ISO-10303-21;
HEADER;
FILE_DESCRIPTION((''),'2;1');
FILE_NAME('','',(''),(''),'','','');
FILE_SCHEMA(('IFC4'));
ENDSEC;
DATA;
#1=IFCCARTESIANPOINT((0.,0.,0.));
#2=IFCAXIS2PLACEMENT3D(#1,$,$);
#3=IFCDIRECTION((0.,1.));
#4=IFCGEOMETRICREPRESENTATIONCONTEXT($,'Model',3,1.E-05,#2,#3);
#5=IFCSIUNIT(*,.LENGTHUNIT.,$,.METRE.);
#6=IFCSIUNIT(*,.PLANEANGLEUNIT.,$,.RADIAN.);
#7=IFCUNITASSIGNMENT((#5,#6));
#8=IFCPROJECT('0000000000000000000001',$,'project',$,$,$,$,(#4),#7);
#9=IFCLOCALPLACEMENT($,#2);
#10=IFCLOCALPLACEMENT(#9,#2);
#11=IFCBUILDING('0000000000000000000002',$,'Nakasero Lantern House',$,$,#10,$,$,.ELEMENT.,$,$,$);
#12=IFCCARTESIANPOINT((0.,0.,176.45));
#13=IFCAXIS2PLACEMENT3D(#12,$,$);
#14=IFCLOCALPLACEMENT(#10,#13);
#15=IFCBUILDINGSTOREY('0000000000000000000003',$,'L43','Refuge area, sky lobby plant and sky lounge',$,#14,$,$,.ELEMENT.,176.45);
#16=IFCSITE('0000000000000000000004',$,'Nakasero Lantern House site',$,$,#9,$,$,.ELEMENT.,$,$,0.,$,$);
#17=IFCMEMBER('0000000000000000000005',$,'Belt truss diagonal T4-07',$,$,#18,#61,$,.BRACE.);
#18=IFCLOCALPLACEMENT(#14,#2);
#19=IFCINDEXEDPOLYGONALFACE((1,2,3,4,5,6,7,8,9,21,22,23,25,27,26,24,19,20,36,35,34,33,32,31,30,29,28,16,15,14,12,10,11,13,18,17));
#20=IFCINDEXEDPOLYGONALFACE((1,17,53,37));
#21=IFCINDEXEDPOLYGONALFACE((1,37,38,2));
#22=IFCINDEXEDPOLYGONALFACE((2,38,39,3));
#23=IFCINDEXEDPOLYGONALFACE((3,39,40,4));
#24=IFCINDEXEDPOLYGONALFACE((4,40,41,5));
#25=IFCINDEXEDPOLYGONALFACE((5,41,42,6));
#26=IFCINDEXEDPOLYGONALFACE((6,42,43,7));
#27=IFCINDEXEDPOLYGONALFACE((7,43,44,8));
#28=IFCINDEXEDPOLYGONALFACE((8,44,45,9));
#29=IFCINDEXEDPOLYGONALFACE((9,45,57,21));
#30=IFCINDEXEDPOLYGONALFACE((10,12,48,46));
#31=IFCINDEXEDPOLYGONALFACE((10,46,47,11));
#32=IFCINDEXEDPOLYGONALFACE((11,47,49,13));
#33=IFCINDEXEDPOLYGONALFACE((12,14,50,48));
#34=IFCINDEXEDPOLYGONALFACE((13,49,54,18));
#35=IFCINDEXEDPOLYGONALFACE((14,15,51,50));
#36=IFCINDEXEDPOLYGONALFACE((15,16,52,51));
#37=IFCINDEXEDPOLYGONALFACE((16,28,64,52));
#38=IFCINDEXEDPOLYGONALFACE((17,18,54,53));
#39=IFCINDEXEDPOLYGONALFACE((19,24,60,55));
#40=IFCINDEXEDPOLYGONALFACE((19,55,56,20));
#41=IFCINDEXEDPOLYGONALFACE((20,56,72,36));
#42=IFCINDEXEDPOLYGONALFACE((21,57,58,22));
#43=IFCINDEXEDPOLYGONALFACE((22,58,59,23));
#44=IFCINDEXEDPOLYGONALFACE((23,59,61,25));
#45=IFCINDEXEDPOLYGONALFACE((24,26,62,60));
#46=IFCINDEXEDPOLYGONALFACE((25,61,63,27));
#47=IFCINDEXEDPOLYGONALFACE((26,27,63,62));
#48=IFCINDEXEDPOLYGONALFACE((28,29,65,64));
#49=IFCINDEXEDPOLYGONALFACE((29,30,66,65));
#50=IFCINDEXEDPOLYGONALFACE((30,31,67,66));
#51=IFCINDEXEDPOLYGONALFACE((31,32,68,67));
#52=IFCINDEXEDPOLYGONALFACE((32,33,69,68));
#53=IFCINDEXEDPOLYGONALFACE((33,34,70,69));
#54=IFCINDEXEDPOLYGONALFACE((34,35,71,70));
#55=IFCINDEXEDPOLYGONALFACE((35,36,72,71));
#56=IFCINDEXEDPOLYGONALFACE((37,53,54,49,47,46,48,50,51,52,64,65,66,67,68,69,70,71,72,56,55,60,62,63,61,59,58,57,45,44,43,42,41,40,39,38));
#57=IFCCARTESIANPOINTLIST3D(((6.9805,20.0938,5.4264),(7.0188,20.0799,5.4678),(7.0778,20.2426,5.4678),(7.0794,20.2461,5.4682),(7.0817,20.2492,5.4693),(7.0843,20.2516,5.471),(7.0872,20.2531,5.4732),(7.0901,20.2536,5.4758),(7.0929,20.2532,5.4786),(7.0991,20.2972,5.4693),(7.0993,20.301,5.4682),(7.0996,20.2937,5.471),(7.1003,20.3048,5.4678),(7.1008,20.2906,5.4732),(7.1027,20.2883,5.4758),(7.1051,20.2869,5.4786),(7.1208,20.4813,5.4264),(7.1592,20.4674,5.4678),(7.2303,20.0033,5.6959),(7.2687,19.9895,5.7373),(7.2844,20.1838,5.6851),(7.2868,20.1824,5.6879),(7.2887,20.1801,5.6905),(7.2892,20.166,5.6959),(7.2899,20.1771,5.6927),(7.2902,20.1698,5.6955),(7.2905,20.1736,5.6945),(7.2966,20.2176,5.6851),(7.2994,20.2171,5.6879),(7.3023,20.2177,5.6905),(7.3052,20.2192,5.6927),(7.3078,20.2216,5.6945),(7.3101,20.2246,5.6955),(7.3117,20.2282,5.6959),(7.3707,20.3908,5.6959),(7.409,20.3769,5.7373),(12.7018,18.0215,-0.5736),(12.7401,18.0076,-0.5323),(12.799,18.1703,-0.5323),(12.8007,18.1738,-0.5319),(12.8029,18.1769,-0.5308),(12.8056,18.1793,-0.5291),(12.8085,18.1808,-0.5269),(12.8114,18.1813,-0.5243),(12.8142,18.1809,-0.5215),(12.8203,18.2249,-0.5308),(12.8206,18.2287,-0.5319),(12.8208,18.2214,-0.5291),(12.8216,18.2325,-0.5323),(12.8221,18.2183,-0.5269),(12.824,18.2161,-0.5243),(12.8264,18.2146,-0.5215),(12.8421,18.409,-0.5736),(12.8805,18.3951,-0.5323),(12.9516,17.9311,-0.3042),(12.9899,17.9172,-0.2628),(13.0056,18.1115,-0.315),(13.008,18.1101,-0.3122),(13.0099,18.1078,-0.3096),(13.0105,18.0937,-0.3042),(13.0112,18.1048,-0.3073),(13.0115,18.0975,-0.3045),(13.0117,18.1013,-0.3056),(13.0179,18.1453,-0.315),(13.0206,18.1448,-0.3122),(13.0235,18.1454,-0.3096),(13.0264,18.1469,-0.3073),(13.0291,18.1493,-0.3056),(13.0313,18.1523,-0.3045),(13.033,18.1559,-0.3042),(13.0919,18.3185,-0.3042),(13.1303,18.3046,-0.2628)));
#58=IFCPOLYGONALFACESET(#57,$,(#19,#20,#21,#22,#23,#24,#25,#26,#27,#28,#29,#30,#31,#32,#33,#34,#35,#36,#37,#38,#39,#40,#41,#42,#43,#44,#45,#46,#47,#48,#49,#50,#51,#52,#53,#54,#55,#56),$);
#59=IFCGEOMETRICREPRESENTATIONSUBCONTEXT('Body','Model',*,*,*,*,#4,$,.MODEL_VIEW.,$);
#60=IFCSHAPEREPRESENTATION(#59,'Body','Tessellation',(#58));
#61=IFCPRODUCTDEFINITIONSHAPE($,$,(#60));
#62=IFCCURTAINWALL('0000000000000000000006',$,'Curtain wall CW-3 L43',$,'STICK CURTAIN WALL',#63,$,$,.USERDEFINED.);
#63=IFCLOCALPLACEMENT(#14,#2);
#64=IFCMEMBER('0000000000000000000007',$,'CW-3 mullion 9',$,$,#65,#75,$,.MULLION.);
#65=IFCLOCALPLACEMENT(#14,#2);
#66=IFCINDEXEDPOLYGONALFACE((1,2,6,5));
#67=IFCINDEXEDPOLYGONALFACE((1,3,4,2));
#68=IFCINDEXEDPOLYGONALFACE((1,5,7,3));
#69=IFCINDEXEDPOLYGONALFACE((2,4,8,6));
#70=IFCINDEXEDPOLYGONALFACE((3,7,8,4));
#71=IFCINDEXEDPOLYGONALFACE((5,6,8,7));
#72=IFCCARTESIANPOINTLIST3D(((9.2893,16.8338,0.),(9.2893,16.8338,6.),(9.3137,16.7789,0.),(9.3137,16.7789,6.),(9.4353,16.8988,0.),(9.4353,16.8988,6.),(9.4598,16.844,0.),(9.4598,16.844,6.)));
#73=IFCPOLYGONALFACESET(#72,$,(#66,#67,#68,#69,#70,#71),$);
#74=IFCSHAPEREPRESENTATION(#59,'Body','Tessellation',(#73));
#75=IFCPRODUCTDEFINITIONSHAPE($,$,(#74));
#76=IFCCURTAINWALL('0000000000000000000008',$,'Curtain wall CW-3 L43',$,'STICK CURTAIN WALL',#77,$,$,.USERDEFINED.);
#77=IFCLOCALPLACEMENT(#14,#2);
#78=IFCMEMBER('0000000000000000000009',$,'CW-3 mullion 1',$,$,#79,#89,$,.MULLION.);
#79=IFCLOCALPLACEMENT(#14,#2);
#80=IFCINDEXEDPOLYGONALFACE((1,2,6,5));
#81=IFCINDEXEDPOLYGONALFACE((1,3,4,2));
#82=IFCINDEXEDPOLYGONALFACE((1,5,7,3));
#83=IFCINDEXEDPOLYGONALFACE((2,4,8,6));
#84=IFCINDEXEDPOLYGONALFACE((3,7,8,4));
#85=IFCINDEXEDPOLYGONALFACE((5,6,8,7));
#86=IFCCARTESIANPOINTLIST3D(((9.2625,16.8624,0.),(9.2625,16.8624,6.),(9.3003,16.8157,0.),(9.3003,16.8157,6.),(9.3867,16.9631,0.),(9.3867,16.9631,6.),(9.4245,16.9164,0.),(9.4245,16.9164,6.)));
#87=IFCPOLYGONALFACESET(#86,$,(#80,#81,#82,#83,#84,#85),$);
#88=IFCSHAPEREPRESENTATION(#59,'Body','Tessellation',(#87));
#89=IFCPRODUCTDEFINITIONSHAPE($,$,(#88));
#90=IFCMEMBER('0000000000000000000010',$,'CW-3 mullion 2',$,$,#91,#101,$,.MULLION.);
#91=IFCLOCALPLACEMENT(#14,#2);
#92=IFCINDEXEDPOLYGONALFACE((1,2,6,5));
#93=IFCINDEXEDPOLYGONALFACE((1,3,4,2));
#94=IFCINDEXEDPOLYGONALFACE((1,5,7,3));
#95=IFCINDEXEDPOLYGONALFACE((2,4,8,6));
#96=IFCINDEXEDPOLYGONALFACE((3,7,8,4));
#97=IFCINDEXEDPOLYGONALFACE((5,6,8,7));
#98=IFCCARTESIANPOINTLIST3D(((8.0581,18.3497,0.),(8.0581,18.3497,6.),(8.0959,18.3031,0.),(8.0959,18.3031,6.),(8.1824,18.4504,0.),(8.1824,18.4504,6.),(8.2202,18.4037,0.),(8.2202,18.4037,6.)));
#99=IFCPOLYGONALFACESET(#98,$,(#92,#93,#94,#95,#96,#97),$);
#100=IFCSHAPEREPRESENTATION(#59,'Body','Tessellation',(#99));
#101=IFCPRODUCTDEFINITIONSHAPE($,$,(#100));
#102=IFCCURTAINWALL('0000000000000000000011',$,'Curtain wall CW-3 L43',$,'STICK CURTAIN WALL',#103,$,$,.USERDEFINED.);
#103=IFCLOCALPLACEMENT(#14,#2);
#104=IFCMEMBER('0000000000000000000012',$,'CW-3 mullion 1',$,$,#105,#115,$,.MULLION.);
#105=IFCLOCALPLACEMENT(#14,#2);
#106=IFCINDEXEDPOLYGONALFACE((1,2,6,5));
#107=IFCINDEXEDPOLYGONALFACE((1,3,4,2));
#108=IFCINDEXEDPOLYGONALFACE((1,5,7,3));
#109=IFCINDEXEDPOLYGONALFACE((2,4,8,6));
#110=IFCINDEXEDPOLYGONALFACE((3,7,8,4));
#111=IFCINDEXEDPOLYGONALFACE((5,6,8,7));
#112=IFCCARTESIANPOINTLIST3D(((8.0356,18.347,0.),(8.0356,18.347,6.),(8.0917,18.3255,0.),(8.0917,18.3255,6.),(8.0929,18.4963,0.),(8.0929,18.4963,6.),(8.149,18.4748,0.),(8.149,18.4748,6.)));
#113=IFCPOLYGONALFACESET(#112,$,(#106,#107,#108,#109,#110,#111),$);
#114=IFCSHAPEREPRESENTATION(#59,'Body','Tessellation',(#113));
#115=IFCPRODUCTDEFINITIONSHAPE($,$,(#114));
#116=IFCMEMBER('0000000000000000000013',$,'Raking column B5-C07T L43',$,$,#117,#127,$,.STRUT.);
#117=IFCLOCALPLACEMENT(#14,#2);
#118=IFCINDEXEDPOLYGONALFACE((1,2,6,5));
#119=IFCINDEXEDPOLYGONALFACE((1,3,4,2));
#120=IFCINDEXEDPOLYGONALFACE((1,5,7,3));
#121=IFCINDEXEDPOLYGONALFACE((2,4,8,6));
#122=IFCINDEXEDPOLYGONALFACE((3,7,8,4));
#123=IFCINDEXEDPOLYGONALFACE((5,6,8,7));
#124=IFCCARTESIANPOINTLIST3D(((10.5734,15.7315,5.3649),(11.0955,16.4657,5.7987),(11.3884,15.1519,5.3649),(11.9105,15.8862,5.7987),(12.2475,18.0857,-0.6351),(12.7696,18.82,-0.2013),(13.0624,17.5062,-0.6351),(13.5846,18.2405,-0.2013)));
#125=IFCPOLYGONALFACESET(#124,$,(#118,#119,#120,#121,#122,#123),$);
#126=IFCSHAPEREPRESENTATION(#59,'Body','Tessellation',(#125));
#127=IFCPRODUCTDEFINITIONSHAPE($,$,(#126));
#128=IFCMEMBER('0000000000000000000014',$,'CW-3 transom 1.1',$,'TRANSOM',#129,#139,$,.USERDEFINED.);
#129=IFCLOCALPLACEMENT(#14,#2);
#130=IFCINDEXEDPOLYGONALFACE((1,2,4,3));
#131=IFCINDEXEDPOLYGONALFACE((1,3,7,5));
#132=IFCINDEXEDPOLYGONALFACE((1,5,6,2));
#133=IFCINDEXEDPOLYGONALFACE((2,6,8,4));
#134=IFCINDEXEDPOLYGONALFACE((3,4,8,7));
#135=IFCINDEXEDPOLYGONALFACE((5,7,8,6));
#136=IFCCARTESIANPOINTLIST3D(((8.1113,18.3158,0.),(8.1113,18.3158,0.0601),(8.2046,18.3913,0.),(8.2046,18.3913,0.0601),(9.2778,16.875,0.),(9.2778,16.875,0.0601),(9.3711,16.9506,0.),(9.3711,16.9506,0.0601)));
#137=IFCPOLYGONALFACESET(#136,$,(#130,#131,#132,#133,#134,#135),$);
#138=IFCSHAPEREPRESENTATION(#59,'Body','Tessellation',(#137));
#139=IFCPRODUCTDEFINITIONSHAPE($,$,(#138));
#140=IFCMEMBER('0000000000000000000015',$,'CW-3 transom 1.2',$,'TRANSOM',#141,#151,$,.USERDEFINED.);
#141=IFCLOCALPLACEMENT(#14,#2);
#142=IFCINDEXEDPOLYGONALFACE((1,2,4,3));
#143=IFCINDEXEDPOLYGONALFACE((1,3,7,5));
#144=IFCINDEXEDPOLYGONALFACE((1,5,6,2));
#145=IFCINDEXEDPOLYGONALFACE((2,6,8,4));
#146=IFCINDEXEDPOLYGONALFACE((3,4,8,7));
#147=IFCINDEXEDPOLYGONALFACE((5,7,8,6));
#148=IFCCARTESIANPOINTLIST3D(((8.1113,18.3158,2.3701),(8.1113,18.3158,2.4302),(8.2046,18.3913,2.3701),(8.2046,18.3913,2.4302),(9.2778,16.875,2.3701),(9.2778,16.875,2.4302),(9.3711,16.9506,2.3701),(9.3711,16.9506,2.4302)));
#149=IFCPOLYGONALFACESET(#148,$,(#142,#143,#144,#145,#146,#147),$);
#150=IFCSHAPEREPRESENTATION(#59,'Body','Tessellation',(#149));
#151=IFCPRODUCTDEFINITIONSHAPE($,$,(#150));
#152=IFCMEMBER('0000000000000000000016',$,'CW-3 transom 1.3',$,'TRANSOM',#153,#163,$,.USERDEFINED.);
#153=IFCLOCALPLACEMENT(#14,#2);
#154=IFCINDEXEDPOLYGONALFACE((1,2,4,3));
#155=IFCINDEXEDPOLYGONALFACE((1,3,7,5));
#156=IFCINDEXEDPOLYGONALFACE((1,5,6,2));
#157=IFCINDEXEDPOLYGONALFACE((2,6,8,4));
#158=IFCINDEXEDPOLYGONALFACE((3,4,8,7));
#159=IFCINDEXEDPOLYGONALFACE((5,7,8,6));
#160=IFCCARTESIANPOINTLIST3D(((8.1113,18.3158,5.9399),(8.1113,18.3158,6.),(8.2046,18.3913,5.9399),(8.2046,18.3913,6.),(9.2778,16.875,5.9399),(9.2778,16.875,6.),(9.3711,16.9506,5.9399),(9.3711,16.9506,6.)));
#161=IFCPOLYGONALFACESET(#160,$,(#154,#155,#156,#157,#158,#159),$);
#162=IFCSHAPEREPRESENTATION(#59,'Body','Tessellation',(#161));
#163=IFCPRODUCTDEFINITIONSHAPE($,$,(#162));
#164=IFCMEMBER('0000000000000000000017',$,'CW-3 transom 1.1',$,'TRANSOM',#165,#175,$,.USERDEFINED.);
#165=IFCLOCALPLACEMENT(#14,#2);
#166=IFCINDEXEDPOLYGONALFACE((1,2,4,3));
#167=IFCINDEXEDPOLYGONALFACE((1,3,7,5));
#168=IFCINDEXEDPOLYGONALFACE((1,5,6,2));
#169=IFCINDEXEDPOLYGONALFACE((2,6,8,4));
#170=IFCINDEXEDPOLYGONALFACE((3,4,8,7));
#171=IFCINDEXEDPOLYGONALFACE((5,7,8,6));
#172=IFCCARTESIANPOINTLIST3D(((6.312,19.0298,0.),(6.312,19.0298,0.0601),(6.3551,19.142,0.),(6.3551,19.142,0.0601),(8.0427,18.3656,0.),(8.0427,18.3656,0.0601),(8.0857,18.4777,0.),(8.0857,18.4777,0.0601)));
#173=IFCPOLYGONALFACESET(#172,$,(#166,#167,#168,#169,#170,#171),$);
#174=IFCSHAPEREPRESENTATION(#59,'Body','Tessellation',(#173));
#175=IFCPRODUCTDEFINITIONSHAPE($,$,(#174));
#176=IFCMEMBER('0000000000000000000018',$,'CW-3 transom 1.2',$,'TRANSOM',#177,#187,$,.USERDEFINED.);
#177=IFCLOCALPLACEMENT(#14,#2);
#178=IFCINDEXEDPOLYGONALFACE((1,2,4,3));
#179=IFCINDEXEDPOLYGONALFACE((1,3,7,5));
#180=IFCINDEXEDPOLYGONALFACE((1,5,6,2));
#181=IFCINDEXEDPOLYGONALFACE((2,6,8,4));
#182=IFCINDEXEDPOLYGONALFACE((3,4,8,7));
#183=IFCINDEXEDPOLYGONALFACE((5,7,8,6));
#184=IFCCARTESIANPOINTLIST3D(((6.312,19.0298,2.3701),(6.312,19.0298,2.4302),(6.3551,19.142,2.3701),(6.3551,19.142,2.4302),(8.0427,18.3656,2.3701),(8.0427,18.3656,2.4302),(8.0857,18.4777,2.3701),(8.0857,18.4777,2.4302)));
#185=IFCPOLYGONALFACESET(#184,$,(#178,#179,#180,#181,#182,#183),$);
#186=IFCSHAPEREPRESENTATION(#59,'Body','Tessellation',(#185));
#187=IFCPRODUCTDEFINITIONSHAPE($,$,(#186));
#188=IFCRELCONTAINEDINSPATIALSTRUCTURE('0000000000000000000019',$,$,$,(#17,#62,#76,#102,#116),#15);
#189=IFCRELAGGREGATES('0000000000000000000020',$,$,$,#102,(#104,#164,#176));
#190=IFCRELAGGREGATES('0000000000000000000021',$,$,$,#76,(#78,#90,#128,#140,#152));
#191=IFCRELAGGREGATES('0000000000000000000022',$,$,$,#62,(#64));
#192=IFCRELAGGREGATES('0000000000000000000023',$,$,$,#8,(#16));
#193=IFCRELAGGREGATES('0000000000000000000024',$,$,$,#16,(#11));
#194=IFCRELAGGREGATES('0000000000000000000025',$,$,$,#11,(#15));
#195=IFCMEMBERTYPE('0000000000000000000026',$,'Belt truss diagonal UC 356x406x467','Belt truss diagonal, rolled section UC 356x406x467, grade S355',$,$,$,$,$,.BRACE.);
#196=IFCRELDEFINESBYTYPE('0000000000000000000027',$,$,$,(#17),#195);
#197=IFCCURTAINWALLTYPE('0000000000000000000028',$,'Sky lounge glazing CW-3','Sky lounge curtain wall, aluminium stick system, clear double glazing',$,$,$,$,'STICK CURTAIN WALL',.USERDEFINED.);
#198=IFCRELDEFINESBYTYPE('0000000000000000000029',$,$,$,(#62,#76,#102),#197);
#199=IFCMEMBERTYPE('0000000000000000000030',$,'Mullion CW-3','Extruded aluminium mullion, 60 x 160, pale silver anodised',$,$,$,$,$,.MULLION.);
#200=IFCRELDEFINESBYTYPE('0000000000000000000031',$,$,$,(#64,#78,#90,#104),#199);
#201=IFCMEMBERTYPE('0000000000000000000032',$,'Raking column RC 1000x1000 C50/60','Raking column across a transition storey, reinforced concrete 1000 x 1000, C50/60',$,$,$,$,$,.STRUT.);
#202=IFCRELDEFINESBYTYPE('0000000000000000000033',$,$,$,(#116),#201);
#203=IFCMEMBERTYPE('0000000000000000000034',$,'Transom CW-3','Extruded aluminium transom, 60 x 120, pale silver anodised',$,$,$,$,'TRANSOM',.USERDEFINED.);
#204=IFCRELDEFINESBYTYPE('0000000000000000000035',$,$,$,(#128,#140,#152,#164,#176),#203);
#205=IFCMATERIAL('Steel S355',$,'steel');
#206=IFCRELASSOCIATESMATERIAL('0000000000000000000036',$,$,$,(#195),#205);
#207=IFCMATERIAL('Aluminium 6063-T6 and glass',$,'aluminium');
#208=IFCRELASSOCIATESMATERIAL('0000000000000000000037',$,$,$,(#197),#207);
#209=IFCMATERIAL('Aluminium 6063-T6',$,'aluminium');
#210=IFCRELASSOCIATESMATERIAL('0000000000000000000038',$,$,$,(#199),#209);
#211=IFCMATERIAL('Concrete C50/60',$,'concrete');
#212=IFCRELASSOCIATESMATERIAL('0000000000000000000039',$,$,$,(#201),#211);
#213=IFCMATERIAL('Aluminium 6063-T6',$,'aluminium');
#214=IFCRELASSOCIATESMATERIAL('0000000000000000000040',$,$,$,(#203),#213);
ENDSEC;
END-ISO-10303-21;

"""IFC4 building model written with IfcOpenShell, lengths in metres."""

from ifc_helpers import new_model, si_unit, direction, frame, origin, origin_2d, place, context, subcontext, project, spatial, rectangle, i_section, extrude, material, material_profile, profile_set, type_object, element, aggregate, save


model = new_model("IFC4")

# Units and contexts
model_context = context("Model", 3, precision=1e-05, world=origin(), true_north=direction((0.0, 1.0)))
body_context = subcontext(model_context, "Body", "Model", "MODEL_VIEW")
ifc_project = project(units=[si_unit("LENGTHUNIT", "METRE"), si_unit("PLANEANGLEUNIT", "RADIAN")], contexts=[model_context])

# Site, building, storey
site_placement = place(None, origin())
site = spatial("IfcSite", under=ifc_project, at=site_placement, Name="Nakasero Lantern House site", CompositionType="ELEMENT", RefElevation=0.0)
building_placement = place(site_placement, origin())
building = spatial("IfcBuilding", under=site, at=building_placement, Name="Nakasero Lantern House", CompositionType="ELEMENT")
storey_placement = place(building_placement, frame((0.0, 0.0, 176.45)))
storey = spatial("IfcBuildingStorey", under=building, at=storey_placement, Name="L43", Description="Refuge area, sky lobby plant and sky lounge", CompositionType="ELEMENT", Elevation=176.45)

# Member
ifc_material_1 = material(Name="Steel S355", Category="steel")
ifc_material_profile_1 = material_profile(ifc_material_1, i_section(OverallWidth=0.4121, OverallDepth=0.4365, WebThickness=0.0359, FlangeThickness=0.0581, FilletRadius=0.0151, at=origin_2d()), Name="UC 356x406x467")
ifc_profile_set_1 = profile_set([ifc_material_profile_1], Name="Steel S355")
member_type_1 = type_object("IfcMemberType", Name="Belt truss diagonal UC 356x406x467", Description="Belt truss diagonal, rolled section UC 356x406x467, grade S355", PredefinedType="BRACE", material=ifc_profile_set_1)
member_1_placement = place(storey_placement, frame((12.916, 18.1631, -0.4182), z_axis=(-0.669494, 0.242497, 0.70212), x_axis=(-0.340557, -0.940224, 0.0)))
element("IfcMember", 1, at=member_1_placement, inside=storey, type_object=member_type_1, Name="Belt truss diagonal T4-07", PredefinedType="BRACE", context=body_context, shape_type="SweptSolid", body=[
    extrude(i_section(OverallWidth=0.4121, OverallDepth=0.4365, WebThickness=0.0359, FlangeThickness=0.0581, FilletRadius=0.0151, at=origin_2d()), origin(), (0.0, 0.0, 1.0), 8.5457),
])

# Curtain wall, member
ifc_material_2 = material(Name="Aluminium 6063-T6 and glass", Category="aluminium")
curtain_wall_type = type_object("IfcCurtainWallType", Name="Sky lounge glazing CW-3", Description="Sky lounge curtain wall, aluminium stick system, clear double glazing", ElementType="STICK CURTAIN WALL", PredefinedType="USERDEFINED", material=ifc_material_2)
curtain_wall_1_placement = place(storey_placement, origin())
curtain_wall_1 = element("IfcCurtainWall", 2, at=curtain_wall_1_placement, inside=storey, type_object=curtain_wall_type, Name="Curtain wall CW-3 L43", ObjectType="STICK CURTAIN WALL", PredefinedType="USERDEFINED")
ifc_material_3 = material(Name="Aluminium 6063-T6", Category="aluminium")
ifc_material_profile_2 = material_profile(ifc_material_3, rectangle(XDim=0.0601, YDim=0.1599, at=origin_2d()), Name="CW-3 mullion 60x160")
ifc_profile_set_2 = profile_set([ifc_material_profile_2], Name="Aluminium 6063-T6")
member_type_2 = type_object("IfcMemberType", Name="Mullion CW-3", Description="Extruded aluminium mullion, 60 x 160, pale silver anodised", PredefinedType="MULLION", material=ifc_profile_set_2)
member_2_placement = place(storey_placement, frame((9.3745, 16.8389, 0.0), z_axis=(0.0, 0.0, 1.0), x_axis=(-0.406737, 0.913545, 0.0)))
member_2 = element("IfcMember", 3, at=member_2_placement, type_object=member_type_2, Name="CW-3 mullion 9", PredefinedType="MULLION", context=body_context, shape_type="SweptSolid", body=[
    extrude(rectangle(XDim=0.0601, YDim=0.1599, at=origin_2d()), origin(), (0.0, 0.0, 1.0), 6.0),
])

# Curtain wall, members
curtain_wall_2_placement = place(storey_placement, origin())
curtain_wall_2 = element("IfcCurtainWall", 4, at=curtain_wall_2_placement, inside=storey, type_object=curtain_wall_type, Name="Curtain wall CW-3 L43", ObjectType="STICK CURTAIN WALL", PredefinedType="USERDEFINED")
member_3_placement = place(storey_placement, frame((9.3435, 16.8894, 0.0), z_axis=(0.0, 0.0, 1.0), x_axis=(-0.62932, 0.777146, 0.0)))
member_3 = element("IfcMember", 5, at=member_3_placement, type_object=member_type_2, Name="CW-3 mullion 1", PredefinedType="MULLION", context=body_context, shape_type="SweptSolid", body=[
    extrude(rectangle(XDim=0.0601, YDim=0.1599, at=origin_2d()), origin(), (0.0, 0.0, 1.0), 6.0),
])
member_4_placement = place(storey_placement, frame((8.1392, 18.3767, 0.0), z_axis=(0.0, 0.0, 1.0), x_axis=(-0.62932, 0.777146, 0.0)))
member_4 = element("IfcMember", 6, at=member_4_placement, type_object=member_type_2, Name="CW-3 mullion 2", PredefinedType="MULLION", context=body_context, shape_type="SweptSolid", body=[
    extrude(rectangle(XDim=0.0601, YDim=0.1599, at=origin_2d()), origin(), (0.0, 0.0, 1.0), 6.0),
])

# Curtain wall, member
curtain_wall_3_placement = place(storey_placement, origin())
curtain_wall_3 = element("IfcCurtainWall", 7, at=curtain_wall_3_placement, inside=storey, type_object=curtain_wall_type, Name="Curtain wall CW-3 L43", ObjectType="STICK CURTAIN WALL", PredefinedType="USERDEFINED")
member_5_placement = place(storey_placement, frame((8.0923, 18.4109, 0.0), z_axis=(0.0, 0.0, 1.0), x_axis=(-0.93358, 0.358368, 0.0)))
member_5 = element("IfcMember", 8, at=member_5_placement, type_object=member_type_2, Name="CW-3 mullion 1", PredefinedType="MULLION", context=body_context, shape_type="SweptSolid", body=[
    extrude(rectangle(XDim=0.0601, YDim=0.1599, at=origin_2d()), origin(), (0.0, 0.0, 1.0), 6.0),
])

# Members
ifc_material_4 = material(Name="Concrete C50/60", Category="concrete")
ifc_material_profile_3 = material_profile(ifc_material_4, rectangle(XDim=1.0, YDim=1.0, at=origin_2d()), Name="RC 1000x1000")
ifc_profile_set_3 = profile_set([ifc_material_profile_3], Name="Concrete C50/60")
member_type_3 = type_object("IfcMemberType", Name="Raking column RC 1000x1000 C50/60", Description="Raking column across a transition storey, reinforced concrete 1000 x 1000, C50/60", PredefinedType="STRUT", material=ifc_profile_set_3)
member_6_placement = place(storey_placement, frame((12.916, 18.1631, -0.4182), z_axis=(-0.251392, -0.353533, 0.901009), x_axis=(0.814965, -0.57951, 0.0)))
element("IfcMember", 9, at=member_6_placement, inside=storey, type_object=member_type_3, Name="Raking column B5-C07T L43", PredefinedType="STRUT", context=body_context, shape_type="SweptSolid", body=[
    extrude(rectangle(XDim=1.0, YDim=1.0, at=origin_2d()), origin(), (0.0, 0.0, 1.0), 6.6592),
])
ifc_material_5 = material(Name="Aluminium 6063-T6", Category="aluminium")
ifc_material_profile_4 = material_profile(ifc_material_5, rectangle(XDim=0.0601, YDim=0.1201, at=origin_2d()), Name="CW-3 transom 60x120")
ifc_profile_set_4 = profile_set([ifc_material_profile_4], Name="Aluminium 6063-T6")
member_type_4 = type_object("IfcMemberType", Name="Transom CW-3", Description="Extruded aluminium transom, 60 x 120, pale silver anodised", ElementType="TRANSOM", PredefinedType="USERDEFINED", material=ifc_profile_set_4)
member_7_placement = place(storey_placement, frame((9.3245, 16.9128, 0.03), z_axis=(-0.629278, 0.77718, 0.0), x_axis=(0.0, 0.0, 1.0)))
member_7 = element("IfcMember", 10, at=member_7_placement, type_object=member_type_4, Name="CW-3 transom 1.1", ObjectType="TRANSOM", PredefinedType="USERDEFINED", context=body_context, shape_type="SweptSolid", body=[
    extrude(rectangle(XDim=0.0601, YDim=0.1201, at=origin_2d()), origin(), (0.0, 0.0, 1.0), 1.8538),
])
member_8_placement = place(storey_placement, frame((9.3245, 16.9128, 2.4001), z_axis=(-0.629278, 0.77718, 0.0), x_axis=(0.0, 0.0, 1.0)))
member_8 = element("IfcMember", 11, at=member_8_placement, type_object=member_type_4, Name="CW-3 transom 1.2", ObjectType="TRANSOM", PredefinedType="USERDEFINED", context=body_context, shape_type="SweptSolid", body=[
    extrude(rectangle(XDim=0.0601, YDim=0.1201, at=origin_2d()), origin(), (0.0, 0.0, 1.0), 1.8538),
])
member_9_placement = place(storey_placement, frame((9.3245, 16.9128, 5.97), z_axis=(-0.629278, 0.77718, 0.0), x_axis=(0.0, 0.0, 1.0)))
member_9 = element("IfcMember", 12, at=member_9_placement, type_object=member_type_4, Name="CW-3 transom 1.3", ObjectType="TRANSOM", PredefinedType="USERDEFINED", context=body_context, shape_type="SweptSolid", body=[
    extrude(rectangle(XDim=0.0601, YDim=0.1201, at=origin_2d()), origin(), (0.0, 0.0, 1.0), 1.8538),
])
member_10_placement = place(storey_placement, frame((8.0642, 18.4216, 0.03), z_axis=(-0.93359, 0.358344, 0.0), x_axis=(0.0, 0.0, 1.0)))
member_10 = element("IfcMember", 13, at=member_10_placement, type_object=member_type_4, Name="CW-3 transom 1.1", ObjectType="TRANSOM", PredefinedType="USERDEFINED", context=body_context, shape_type="SweptSolid", body=[
    extrude(rectangle(XDim=0.0601, YDim=0.1201, at=origin_2d()), origin(), (0.0, 0.0, 1.0), 1.8538),
])
member_11_placement = place(storey_placement, frame((8.0642, 18.4216, 2.4001), z_axis=(-0.93359, 0.358344, 0.0), x_axis=(0.0, 0.0, 1.0)))
member_11 = element("IfcMember", 14, at=member_11_placement, type_object=member_type_4, Name="CW-3 transom 1.2", ObjectType="TRANSOM", PredefinedType="USERDEFINED", context=body_context, shape_type="SweptSolid", body=[
    extrude(rectangle(XDim=0.0601, YDim=0.1201, at=origin_2d()), origin(), (0.0, 0.0, 1.0), 1.8538),
])
aggregate(curtain_wall_3, [member_5, member_10, member_11])

aggregate(curtain_wall_2, [member_3, member_4, member_7, member_8, member_9])
aggregate(curtain_wall_1, [member_2])

save(model, "model.ifc")
